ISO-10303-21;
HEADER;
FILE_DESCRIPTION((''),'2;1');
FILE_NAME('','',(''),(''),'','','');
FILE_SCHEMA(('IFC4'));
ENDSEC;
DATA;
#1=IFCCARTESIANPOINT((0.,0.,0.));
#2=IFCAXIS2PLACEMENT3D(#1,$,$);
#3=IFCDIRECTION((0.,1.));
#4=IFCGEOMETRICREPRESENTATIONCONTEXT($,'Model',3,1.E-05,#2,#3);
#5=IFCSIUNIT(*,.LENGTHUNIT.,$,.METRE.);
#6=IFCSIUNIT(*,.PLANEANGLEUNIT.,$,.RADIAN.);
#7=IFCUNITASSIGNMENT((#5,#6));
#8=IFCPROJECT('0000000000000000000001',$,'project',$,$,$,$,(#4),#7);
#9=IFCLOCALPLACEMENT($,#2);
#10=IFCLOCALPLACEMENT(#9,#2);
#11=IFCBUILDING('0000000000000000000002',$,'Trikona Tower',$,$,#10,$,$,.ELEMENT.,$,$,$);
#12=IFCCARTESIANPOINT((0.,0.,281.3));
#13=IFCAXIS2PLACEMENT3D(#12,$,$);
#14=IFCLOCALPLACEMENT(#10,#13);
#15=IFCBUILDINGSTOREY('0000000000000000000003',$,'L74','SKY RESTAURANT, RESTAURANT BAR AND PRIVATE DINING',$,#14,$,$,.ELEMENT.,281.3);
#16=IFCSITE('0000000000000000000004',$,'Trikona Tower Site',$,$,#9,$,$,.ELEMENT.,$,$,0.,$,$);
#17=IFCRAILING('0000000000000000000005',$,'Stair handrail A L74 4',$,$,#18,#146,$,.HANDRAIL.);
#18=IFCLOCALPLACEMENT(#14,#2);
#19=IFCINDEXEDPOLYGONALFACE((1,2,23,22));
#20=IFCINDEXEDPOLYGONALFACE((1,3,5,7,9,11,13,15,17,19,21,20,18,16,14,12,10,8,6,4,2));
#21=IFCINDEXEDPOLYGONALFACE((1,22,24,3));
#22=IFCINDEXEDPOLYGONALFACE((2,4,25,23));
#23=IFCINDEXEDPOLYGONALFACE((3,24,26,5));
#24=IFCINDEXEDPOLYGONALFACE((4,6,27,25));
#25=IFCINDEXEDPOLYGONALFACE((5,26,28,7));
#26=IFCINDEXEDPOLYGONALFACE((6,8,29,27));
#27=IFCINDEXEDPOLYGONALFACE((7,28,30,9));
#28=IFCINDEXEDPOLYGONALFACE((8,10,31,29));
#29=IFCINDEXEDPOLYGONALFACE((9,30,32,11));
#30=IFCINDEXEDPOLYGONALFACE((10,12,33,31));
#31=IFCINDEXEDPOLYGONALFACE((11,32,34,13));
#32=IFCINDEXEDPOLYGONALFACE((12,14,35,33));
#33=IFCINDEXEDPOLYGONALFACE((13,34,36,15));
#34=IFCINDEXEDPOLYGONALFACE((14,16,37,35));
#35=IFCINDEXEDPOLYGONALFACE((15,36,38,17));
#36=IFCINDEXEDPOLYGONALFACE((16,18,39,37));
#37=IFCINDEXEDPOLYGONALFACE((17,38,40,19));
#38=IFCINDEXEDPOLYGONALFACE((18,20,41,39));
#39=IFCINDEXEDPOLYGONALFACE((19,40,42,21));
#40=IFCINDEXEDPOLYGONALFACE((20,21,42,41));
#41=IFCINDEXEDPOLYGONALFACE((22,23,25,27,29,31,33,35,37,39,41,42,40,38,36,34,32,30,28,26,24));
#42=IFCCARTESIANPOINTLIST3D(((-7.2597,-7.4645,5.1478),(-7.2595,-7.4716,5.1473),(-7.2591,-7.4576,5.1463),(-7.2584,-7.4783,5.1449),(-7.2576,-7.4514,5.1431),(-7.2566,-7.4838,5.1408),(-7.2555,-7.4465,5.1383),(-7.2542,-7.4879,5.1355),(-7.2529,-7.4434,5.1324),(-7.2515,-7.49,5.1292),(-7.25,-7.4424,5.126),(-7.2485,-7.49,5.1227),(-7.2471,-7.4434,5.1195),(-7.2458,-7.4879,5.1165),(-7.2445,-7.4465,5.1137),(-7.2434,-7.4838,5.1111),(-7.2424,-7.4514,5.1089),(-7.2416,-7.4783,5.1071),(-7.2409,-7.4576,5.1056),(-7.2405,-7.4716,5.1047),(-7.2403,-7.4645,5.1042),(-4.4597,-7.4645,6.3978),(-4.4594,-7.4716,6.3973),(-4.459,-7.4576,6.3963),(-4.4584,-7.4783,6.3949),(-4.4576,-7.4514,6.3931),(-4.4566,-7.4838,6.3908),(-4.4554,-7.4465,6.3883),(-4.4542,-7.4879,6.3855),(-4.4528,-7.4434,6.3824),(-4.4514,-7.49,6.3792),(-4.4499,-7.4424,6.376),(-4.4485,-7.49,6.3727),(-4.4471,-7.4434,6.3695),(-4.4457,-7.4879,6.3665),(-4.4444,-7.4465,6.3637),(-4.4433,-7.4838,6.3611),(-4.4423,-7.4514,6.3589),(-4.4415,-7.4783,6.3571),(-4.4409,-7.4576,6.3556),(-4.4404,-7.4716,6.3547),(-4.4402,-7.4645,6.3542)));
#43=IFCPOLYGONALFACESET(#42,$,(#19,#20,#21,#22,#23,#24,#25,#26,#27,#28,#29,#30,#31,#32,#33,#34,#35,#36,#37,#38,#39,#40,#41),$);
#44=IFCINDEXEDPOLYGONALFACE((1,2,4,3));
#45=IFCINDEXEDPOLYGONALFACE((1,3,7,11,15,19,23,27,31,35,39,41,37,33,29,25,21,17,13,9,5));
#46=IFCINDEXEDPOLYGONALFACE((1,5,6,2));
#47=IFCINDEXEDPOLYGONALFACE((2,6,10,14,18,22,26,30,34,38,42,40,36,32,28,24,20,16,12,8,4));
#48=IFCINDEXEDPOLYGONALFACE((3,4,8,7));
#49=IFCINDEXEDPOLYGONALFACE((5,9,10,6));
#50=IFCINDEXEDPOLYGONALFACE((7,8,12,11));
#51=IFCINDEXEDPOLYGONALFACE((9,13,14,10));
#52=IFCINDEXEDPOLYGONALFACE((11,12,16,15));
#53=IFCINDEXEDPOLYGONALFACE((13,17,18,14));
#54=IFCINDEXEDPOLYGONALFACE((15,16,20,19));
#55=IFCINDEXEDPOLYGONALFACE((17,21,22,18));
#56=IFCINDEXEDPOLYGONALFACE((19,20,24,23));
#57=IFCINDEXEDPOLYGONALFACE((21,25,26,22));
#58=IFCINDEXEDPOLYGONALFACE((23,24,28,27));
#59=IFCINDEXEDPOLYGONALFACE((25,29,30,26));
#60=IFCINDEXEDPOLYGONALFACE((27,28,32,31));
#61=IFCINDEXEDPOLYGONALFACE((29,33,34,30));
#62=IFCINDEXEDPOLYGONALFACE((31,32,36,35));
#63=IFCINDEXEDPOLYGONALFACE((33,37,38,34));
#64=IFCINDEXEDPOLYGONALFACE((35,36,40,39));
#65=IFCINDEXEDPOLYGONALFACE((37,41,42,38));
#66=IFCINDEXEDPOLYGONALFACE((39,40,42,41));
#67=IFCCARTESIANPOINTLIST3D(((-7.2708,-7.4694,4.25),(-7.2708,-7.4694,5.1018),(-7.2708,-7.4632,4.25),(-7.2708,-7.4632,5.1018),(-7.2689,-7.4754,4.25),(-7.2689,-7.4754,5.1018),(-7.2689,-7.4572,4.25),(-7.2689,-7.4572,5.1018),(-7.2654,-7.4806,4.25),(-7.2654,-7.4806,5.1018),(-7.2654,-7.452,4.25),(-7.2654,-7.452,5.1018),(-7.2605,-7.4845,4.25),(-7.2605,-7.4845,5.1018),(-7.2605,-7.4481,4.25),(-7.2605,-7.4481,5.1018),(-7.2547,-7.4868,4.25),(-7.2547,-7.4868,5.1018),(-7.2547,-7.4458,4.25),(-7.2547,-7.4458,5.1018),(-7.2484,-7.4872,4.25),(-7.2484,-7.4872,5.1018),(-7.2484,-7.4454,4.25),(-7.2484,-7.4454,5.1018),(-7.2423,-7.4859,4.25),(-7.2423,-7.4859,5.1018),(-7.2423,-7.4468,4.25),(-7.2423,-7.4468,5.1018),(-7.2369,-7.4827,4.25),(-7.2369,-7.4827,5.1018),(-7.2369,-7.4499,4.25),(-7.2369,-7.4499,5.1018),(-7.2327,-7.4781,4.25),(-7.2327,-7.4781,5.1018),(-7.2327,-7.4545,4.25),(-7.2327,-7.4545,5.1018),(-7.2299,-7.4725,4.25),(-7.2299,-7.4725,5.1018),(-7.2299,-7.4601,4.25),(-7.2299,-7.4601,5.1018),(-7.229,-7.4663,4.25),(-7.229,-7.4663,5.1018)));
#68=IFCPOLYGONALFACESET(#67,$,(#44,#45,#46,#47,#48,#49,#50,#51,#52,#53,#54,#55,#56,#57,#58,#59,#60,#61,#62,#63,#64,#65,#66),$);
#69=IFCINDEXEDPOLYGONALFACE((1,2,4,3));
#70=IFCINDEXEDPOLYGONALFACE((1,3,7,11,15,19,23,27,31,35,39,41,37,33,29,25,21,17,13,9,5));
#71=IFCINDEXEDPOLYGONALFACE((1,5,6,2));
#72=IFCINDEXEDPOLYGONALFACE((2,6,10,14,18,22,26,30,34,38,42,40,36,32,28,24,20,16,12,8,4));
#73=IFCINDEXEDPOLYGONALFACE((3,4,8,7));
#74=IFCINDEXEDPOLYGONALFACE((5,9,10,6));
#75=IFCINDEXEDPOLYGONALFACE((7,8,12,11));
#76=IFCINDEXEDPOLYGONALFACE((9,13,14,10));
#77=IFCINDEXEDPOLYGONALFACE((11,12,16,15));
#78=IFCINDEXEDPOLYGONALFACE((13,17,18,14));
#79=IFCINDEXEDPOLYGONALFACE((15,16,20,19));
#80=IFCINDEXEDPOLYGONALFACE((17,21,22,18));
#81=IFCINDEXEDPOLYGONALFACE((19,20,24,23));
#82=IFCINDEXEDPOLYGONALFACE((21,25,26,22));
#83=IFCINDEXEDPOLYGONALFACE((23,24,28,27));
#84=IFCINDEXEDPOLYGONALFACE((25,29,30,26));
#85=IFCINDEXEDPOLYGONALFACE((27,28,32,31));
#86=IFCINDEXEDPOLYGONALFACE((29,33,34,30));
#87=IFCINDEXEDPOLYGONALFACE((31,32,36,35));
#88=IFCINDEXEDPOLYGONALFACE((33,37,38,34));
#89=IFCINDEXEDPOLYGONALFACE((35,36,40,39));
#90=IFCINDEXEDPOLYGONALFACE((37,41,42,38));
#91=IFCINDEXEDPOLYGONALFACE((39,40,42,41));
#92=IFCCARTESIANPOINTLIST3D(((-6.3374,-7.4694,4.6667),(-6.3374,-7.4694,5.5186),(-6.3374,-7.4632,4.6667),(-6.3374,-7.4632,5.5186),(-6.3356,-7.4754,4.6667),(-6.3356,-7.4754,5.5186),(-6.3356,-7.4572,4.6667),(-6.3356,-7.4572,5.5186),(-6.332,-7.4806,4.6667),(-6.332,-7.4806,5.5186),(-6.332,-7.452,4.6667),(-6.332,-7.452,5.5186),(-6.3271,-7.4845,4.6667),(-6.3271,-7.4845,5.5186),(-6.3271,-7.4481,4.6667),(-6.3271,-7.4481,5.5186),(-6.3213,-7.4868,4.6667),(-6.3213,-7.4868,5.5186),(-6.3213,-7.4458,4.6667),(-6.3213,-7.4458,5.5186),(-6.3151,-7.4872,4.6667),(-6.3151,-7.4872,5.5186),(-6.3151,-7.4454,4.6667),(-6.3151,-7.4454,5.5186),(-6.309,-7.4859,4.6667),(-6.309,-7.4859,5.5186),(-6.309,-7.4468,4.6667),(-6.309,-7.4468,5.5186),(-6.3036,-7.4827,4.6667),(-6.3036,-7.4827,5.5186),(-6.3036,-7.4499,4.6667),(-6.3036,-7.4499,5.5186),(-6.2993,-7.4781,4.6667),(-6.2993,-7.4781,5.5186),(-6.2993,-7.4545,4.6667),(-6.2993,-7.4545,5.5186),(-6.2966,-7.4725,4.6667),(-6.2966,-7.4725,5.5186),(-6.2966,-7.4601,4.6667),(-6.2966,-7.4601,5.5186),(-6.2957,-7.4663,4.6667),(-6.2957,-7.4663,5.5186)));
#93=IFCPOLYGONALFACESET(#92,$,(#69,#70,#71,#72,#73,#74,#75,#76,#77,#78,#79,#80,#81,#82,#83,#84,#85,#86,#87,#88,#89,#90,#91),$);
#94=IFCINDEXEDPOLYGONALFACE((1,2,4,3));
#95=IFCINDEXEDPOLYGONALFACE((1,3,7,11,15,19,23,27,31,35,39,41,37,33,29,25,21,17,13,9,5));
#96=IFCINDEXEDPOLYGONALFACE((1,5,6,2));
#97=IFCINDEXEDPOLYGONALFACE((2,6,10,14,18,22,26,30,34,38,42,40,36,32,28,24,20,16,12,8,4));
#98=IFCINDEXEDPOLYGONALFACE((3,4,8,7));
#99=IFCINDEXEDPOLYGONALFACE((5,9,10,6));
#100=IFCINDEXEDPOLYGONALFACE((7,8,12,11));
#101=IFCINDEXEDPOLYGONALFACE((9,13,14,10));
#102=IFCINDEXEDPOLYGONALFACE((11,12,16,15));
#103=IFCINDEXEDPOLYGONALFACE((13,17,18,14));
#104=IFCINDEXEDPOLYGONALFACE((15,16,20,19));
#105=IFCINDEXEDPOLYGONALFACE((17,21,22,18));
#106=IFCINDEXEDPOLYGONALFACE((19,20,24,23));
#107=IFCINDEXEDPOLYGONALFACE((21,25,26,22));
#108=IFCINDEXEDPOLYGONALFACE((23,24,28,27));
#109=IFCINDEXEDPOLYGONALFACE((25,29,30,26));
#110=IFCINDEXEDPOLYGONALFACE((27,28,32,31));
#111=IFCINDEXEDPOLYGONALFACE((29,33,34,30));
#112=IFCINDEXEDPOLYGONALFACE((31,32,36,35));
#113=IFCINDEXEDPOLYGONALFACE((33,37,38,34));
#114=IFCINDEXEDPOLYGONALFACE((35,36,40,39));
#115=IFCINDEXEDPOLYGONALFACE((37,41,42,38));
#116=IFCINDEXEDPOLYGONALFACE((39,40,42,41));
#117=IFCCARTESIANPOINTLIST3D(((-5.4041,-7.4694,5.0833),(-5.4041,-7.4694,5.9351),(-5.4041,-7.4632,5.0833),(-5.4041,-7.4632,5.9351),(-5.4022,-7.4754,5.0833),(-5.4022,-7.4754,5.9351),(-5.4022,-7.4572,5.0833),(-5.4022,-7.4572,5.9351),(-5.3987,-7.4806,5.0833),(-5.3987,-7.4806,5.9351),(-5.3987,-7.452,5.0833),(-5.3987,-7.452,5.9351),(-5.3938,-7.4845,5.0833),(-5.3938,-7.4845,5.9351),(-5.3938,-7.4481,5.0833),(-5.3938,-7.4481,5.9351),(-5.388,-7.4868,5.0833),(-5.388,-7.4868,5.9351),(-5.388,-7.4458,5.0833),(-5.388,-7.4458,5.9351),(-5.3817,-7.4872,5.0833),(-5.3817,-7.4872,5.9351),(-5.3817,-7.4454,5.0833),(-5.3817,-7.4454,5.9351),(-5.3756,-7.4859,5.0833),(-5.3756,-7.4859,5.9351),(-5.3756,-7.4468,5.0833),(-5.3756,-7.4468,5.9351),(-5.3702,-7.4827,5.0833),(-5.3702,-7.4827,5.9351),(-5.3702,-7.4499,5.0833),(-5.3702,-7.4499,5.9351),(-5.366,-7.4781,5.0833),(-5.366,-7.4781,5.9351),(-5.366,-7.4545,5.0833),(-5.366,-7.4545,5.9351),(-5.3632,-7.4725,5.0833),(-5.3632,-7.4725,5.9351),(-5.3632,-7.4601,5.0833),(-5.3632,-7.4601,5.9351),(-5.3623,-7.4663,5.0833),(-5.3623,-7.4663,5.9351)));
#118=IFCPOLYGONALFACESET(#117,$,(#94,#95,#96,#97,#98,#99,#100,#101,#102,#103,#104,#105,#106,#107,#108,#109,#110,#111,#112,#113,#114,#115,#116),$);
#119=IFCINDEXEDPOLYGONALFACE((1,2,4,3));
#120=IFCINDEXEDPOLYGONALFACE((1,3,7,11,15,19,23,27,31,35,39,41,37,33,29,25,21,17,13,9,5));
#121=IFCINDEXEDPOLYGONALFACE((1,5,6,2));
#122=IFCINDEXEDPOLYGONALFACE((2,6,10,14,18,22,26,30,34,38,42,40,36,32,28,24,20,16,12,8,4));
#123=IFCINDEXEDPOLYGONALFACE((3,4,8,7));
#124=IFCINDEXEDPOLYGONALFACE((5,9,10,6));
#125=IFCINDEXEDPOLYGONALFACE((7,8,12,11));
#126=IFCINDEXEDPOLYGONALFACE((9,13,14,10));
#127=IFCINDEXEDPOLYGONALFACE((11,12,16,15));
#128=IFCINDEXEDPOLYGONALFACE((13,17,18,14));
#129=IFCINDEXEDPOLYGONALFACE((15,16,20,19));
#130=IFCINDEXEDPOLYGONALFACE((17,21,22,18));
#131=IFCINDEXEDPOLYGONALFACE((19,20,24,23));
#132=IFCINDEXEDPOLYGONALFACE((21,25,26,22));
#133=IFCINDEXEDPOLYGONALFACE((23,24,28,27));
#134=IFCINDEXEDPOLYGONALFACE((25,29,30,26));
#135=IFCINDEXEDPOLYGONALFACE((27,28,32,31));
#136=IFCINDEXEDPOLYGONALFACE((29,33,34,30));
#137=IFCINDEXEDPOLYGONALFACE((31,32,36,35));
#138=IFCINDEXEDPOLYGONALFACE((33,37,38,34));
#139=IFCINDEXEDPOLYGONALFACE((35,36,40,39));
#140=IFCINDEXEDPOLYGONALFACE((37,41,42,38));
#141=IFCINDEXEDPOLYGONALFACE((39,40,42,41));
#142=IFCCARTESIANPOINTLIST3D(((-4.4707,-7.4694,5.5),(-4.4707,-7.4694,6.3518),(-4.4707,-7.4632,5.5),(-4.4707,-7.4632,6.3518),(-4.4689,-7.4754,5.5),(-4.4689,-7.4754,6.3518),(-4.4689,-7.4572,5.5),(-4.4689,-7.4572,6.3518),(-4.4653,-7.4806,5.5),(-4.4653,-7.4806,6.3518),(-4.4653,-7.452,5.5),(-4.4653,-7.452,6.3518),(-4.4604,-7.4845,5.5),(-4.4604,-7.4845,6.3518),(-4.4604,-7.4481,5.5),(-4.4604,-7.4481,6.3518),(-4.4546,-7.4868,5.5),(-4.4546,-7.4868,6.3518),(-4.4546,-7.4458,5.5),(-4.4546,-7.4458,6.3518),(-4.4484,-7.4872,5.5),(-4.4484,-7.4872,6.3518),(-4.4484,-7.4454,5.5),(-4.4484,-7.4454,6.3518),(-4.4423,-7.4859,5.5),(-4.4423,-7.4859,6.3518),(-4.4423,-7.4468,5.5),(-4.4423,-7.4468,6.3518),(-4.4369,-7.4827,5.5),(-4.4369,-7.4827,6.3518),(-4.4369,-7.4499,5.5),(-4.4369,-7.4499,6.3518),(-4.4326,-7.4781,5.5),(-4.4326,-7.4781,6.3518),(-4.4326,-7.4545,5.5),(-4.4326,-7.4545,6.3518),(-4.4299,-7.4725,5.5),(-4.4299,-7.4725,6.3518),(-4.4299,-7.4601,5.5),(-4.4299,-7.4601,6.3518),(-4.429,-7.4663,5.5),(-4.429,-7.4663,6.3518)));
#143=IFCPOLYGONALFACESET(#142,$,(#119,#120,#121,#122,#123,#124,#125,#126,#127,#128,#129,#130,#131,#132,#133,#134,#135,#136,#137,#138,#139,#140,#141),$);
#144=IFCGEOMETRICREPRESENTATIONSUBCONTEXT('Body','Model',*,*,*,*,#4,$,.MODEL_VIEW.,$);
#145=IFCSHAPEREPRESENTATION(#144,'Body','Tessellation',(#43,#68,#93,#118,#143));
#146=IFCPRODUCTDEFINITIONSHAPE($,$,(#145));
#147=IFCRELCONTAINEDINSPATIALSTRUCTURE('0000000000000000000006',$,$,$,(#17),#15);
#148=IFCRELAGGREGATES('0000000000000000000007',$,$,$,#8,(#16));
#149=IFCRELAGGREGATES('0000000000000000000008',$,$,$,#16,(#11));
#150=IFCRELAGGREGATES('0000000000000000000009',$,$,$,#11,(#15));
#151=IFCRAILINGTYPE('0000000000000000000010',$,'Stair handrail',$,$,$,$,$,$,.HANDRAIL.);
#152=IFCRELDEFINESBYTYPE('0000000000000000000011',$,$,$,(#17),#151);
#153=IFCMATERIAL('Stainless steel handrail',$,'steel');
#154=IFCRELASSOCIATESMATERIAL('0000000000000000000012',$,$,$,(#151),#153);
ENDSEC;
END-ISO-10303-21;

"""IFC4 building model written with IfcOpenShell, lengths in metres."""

from ifc_helpers import new_model, si_unit, direction, frame, origin, origin_2d, place, context, subcontext, project, spatial, circle, extrude, material, type_object, element, save


model = new_model("IFC4")

# Units and contexts
model_context = context("Model", 3, precision=1e-05, world=origin(), true_north=direction((0.0, 1.0)))
body_context = subcontext(model_context, "Body", "Model", "MODEL_VIEW")
ifc_project = project(units=[si_unit("LENGTHUNIT", "METRE"), si_unit("PLANEANGLEUNIT", "RADIAN")], contexts=[model_context])

# Site, building, storey
site_placement = place(None, origin())
site = spatial("IfcSite", under=ifc_project, at=site_placement, Name="Trikona Tower Site", CompositionType="ELEMENT", RefElevation=0.0)
building_placement = place(site_placement, origin())
building = spatial("IfcBuilding", under=site, at=building_placement, Name="Trikona Tower", CompositionType="ELEMENT")
storey_placement = place(building_placement, frame((0.0, 0.0, 281.3)))
storey = spatial("IfcBuildingStorey", under=building, at=storey_placement, Name="L74", Description="SKY RESTAURANT, RESTAURANT BAR AND PRIVATE DINING", CompositionType="ELEMENT", Elevation=281.3)

# Railing
ifc_material_1 = material(Name="Stainless steel handrail", Category="steel")
railing_type = type_object("IfcRailingType", Name="Stair handrail", PredefinedType="HANDRAIL", material=ifc_material_1)
for number, where, name in (
    (1, (-7.25, -7.4663, 4.25), "Stair handrail A L74 4"),
):
    element("IfcRailing", number, at=place(storey_placement, frame(where)), inside=storey, type_object=railing_type, Name=name, PredefinedType="HANDRAIL", context=body_context, shape_type="SweptSolid", body=[
        extrude(circle(Radius=0.0239, at=origin_2d()), frame((0.0, 0.0, 0.876), z_axis=(0.913141, 0.0, 0.407645), x_axis=(0.0, 1.0, 0.0)), (0.0, 0.0, 1.0), 3.0664),
        extrude(circle(Radius=0.021, at=origin_2d()), origin(), (0.0, 0.0, 1.0), 0.8518),
        extrude(circle(Radius=0.021, at=origin_2d()), frame((0.9333, 0.0, 0.4167)), (0.0, 0.0, 1.0), 0.8518),
        extrude(circle(Radius=0.021, at=origin_2d()), frame((1.8667, 0.0, 0.8333)), (0.0, 0.0, 1.0), 0.8518),
        extrude(circle(Radius=0.021, at=origin_2d()), frame((2.8, 0.0, 1.25)), (0.0, 0.0, 1.0), 0.8518),
    ])

save(model, "model.ifc")
